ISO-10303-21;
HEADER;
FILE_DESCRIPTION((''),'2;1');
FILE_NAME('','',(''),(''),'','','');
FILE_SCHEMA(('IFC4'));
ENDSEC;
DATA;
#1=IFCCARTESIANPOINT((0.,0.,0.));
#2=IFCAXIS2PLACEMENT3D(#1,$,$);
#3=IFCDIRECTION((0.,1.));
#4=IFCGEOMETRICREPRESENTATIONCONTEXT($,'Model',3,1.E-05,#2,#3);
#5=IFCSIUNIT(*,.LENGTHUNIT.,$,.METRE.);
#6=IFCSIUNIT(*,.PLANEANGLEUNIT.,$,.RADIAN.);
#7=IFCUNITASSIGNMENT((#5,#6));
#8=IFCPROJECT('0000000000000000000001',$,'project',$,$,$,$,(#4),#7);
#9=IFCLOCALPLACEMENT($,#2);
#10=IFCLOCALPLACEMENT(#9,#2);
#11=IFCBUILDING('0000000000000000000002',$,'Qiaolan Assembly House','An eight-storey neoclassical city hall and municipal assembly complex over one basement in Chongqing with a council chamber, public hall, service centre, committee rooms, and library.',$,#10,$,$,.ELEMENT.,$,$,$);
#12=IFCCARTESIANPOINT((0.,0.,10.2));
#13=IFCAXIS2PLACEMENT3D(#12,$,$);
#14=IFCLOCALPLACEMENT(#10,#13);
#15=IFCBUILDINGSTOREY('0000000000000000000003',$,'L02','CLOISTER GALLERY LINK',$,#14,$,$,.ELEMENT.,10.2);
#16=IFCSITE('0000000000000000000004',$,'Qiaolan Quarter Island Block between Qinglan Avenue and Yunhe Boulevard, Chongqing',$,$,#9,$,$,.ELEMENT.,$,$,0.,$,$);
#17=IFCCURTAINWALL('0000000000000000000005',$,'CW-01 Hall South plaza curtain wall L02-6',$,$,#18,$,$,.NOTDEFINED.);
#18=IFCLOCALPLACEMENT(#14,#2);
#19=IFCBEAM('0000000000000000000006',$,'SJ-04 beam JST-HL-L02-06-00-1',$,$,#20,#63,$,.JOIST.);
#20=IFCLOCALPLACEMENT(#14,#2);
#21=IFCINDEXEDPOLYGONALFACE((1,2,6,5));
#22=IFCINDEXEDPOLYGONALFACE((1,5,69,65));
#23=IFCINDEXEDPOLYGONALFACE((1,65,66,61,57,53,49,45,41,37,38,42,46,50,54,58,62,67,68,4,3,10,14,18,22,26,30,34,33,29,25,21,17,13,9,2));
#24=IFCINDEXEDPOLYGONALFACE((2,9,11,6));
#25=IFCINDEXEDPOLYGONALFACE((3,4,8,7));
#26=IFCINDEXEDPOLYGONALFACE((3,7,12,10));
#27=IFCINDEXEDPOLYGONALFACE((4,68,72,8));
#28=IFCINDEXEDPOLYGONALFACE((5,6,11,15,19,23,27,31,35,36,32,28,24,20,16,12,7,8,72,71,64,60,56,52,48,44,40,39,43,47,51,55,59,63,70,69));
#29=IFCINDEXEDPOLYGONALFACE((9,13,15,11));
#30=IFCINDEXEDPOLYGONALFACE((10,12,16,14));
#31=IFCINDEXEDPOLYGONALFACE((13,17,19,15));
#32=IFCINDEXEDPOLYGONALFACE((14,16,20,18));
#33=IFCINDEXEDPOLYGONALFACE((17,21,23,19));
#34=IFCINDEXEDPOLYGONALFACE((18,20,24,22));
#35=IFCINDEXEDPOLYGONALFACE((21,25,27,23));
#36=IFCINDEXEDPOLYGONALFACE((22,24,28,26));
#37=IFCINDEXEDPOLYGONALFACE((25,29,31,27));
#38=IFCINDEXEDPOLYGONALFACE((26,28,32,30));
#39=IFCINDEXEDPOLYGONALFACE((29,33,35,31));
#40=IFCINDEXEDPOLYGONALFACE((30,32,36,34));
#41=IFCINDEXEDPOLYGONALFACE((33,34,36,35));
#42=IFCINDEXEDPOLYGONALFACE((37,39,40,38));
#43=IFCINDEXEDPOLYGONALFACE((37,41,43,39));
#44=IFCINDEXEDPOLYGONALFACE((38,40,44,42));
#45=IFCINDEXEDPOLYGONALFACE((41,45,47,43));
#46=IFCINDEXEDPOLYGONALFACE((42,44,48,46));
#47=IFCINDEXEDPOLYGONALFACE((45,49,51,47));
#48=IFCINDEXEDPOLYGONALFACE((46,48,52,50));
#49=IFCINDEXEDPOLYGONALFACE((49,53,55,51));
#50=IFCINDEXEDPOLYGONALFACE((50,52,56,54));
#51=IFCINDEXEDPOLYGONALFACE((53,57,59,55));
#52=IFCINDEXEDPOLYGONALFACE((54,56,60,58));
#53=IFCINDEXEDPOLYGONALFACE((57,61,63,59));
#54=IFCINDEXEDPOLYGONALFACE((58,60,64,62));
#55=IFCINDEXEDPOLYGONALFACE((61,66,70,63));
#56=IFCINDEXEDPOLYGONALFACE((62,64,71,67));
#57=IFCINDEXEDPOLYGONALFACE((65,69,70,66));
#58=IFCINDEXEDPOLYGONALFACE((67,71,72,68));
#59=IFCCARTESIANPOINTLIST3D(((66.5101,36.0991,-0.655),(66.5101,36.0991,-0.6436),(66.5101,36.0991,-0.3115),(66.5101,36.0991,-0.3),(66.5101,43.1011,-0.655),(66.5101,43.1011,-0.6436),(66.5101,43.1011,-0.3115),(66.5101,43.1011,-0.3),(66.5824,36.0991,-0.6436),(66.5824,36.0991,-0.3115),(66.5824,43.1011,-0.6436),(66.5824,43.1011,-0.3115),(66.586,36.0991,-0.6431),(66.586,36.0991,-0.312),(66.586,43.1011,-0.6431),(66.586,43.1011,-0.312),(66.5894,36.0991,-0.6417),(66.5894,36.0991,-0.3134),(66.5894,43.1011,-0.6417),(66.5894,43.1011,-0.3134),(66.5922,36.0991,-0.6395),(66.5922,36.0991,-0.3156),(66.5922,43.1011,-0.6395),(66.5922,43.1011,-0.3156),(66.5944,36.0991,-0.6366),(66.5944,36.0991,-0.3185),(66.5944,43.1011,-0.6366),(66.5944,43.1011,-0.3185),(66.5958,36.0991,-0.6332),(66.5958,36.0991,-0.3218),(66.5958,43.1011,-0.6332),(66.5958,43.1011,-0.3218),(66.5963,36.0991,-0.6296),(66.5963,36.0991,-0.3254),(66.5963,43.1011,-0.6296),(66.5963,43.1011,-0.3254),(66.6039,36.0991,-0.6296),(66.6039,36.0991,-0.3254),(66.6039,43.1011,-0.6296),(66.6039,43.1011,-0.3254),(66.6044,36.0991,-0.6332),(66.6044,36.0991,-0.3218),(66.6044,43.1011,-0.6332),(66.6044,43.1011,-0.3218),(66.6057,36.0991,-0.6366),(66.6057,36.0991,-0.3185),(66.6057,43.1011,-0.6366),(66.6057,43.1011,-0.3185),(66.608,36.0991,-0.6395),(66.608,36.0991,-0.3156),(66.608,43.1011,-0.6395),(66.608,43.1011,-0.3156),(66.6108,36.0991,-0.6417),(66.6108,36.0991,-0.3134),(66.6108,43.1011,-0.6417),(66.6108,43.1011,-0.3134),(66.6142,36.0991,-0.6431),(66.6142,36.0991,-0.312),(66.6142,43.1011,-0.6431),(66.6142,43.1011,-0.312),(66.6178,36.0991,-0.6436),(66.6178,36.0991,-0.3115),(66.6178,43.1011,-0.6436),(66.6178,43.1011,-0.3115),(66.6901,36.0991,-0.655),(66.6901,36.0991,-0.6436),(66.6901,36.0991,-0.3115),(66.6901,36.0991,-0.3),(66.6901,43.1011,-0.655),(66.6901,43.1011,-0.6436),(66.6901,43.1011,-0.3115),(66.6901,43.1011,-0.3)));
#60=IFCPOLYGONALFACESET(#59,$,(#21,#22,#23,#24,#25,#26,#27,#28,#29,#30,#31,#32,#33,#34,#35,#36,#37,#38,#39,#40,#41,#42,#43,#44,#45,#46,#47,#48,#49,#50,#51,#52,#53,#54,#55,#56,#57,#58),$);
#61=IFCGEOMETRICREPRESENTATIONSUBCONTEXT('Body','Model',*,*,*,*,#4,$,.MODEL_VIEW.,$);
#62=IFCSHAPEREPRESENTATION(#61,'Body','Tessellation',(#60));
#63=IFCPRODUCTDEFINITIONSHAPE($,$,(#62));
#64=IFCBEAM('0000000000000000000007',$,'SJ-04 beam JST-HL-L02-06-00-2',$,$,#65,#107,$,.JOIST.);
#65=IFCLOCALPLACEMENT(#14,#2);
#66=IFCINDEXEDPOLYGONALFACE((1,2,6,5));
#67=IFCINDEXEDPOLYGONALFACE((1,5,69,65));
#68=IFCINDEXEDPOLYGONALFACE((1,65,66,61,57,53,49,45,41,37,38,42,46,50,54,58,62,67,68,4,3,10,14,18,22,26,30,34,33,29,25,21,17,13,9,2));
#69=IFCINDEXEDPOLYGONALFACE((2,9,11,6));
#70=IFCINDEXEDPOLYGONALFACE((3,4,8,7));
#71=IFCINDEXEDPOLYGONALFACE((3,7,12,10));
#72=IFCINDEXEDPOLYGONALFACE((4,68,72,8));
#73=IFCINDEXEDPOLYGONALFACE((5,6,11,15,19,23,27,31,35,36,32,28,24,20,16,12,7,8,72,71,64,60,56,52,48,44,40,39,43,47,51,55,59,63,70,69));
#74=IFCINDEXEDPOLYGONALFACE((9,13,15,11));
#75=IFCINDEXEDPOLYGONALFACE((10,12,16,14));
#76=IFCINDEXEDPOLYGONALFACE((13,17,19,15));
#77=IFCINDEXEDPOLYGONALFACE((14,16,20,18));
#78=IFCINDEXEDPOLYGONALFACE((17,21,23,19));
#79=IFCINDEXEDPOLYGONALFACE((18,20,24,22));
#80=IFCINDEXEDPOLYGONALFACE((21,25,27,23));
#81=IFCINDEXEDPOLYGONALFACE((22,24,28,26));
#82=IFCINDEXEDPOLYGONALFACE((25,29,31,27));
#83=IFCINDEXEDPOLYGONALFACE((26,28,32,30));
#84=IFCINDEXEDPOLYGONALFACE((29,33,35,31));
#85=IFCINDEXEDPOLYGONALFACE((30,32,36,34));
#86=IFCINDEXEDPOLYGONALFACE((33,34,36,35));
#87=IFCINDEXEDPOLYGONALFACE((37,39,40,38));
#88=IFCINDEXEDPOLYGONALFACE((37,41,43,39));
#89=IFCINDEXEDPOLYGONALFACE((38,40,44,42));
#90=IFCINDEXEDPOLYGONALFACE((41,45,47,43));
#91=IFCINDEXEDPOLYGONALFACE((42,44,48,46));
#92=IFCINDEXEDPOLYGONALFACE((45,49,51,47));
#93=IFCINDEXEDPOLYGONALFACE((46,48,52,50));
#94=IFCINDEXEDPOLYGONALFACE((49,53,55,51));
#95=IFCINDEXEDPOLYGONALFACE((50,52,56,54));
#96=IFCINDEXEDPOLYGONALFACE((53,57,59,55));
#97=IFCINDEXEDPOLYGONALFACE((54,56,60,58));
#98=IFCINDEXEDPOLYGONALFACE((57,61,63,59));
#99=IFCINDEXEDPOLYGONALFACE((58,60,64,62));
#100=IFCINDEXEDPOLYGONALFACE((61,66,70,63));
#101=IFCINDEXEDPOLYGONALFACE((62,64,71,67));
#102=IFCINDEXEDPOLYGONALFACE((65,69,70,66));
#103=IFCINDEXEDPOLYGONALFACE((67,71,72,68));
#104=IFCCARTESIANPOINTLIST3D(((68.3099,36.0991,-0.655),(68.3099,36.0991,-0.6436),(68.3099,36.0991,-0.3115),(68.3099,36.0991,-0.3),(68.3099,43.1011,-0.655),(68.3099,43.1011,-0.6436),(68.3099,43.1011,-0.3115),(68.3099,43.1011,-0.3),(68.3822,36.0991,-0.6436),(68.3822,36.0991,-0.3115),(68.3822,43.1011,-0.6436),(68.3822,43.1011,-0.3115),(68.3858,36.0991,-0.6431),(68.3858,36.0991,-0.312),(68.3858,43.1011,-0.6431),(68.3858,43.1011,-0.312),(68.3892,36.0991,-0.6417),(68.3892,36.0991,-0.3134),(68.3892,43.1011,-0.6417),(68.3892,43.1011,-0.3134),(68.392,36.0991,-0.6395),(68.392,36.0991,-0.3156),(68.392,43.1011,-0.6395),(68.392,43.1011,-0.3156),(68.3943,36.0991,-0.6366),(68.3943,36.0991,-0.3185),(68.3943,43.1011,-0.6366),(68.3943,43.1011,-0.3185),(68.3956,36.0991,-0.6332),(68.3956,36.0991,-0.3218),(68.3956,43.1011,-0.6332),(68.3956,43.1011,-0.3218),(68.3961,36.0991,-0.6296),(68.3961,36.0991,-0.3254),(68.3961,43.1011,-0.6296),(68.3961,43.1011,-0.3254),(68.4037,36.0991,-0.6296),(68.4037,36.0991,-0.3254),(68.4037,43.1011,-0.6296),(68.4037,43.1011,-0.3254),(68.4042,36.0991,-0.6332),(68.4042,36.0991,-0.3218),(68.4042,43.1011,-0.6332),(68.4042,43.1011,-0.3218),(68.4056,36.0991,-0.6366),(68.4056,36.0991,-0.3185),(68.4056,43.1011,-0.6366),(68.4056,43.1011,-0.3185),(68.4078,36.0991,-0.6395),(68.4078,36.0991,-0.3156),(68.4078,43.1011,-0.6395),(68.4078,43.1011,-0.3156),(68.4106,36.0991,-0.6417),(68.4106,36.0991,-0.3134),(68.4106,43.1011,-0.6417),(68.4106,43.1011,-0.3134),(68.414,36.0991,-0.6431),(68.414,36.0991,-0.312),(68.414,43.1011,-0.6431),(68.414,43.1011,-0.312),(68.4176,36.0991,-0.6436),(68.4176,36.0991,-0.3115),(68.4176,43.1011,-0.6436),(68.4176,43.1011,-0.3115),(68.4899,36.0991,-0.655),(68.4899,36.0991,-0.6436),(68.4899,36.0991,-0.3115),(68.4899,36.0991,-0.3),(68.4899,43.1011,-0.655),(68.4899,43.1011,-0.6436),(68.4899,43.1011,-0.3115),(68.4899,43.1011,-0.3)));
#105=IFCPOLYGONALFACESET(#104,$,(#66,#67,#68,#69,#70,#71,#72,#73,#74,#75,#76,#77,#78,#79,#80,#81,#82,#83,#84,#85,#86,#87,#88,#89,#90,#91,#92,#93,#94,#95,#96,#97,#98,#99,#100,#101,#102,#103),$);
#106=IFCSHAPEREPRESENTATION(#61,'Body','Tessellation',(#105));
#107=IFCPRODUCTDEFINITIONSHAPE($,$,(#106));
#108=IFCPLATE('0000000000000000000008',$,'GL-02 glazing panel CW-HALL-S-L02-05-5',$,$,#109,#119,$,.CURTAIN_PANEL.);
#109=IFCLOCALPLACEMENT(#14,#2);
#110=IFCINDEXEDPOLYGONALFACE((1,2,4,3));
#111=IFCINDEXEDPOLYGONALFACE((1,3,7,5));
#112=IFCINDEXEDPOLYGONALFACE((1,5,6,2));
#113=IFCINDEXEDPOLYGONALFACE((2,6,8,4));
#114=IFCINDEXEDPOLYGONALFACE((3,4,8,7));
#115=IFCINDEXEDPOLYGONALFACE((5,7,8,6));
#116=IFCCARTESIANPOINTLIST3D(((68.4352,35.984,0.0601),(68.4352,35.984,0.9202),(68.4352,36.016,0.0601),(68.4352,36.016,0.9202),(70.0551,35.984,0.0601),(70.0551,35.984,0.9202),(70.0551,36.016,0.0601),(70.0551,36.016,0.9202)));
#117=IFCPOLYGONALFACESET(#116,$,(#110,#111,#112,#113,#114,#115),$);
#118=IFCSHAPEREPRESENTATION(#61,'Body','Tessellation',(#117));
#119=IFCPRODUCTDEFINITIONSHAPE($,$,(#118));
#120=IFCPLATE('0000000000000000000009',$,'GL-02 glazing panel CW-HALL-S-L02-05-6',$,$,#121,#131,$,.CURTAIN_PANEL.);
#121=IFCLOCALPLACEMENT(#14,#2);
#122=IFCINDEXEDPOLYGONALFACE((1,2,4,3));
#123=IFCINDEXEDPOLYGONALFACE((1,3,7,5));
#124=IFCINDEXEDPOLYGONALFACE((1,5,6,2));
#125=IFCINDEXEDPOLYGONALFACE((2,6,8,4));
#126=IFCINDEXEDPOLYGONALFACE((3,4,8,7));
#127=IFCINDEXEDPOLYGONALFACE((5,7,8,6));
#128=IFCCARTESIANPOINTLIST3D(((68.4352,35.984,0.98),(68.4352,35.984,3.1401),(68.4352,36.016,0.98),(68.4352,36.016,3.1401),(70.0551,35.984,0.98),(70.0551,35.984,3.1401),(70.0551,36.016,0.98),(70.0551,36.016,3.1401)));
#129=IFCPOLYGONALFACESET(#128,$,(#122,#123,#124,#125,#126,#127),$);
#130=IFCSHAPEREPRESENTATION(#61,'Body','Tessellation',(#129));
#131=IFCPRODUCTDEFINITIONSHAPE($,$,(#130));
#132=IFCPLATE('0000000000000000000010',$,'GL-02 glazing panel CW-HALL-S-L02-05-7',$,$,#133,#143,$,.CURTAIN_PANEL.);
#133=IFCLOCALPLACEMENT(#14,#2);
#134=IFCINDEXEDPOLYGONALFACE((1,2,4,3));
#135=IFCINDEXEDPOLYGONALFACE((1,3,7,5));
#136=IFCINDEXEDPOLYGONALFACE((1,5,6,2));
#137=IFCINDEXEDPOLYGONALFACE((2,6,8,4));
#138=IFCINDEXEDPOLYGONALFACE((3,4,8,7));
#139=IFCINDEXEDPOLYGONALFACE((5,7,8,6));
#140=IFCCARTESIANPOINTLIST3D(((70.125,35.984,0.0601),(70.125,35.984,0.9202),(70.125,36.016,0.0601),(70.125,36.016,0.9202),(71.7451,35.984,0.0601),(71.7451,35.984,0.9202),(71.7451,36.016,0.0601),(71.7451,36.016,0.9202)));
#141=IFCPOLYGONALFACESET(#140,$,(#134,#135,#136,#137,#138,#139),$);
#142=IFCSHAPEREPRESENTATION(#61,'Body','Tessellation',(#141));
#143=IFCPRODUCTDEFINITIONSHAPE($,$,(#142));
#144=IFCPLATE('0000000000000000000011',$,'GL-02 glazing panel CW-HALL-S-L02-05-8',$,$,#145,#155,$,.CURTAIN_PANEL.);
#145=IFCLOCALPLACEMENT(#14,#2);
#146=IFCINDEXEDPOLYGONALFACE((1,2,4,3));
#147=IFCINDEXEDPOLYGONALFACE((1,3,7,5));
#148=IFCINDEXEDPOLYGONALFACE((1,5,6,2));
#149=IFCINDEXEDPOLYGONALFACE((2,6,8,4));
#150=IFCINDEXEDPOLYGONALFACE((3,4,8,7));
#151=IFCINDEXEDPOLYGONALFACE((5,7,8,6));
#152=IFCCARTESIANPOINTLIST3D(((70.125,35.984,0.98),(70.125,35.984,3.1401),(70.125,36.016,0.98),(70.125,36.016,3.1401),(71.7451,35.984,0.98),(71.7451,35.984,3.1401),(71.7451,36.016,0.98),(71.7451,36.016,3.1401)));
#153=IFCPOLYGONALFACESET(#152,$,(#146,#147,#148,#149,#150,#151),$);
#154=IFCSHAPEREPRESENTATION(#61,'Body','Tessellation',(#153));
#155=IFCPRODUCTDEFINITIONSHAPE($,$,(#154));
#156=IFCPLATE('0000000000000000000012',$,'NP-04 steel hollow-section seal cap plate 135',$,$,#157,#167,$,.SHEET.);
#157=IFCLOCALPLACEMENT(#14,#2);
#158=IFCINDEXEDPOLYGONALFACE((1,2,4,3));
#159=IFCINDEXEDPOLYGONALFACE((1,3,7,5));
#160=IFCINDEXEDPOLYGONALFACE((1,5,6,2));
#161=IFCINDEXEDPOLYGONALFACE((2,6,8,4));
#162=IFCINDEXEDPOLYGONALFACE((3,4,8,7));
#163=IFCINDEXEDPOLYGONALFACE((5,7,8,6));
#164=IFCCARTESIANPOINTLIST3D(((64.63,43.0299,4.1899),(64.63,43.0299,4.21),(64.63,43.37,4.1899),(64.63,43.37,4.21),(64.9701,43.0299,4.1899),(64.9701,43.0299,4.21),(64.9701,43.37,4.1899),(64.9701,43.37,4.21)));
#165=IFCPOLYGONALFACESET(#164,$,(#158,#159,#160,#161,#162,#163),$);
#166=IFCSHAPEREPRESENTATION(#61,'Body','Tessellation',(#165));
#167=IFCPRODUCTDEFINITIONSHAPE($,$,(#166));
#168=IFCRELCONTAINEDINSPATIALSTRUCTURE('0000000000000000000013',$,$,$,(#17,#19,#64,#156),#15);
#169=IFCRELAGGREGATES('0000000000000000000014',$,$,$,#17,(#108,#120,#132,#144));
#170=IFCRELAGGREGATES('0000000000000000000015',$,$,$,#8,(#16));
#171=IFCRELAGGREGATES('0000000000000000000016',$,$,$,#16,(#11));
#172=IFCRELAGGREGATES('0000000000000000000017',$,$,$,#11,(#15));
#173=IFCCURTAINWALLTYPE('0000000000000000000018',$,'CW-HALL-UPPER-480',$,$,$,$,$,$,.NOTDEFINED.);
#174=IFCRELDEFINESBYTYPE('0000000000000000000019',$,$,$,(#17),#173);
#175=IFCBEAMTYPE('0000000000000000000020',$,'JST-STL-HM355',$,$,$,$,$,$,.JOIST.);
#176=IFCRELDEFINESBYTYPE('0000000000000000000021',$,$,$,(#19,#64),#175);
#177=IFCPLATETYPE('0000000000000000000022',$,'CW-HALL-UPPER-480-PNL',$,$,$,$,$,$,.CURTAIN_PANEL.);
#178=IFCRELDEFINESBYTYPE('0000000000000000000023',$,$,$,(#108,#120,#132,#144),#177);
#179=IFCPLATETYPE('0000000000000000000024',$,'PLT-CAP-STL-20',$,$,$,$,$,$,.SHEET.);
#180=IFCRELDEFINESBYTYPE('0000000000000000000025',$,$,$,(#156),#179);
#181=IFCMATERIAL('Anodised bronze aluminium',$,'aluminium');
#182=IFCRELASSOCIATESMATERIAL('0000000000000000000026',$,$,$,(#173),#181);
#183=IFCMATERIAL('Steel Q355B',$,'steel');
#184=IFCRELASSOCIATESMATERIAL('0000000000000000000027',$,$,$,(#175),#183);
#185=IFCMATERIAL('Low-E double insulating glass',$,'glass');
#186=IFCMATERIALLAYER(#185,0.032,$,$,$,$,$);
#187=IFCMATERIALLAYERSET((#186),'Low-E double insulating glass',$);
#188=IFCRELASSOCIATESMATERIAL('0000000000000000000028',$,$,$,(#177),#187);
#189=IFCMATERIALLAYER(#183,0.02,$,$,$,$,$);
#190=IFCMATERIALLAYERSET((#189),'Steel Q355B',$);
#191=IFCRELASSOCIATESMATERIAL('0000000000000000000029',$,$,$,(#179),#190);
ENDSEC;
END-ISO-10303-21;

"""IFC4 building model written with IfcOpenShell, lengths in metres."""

from ifc_helpers import new_model, si_unit, direction, frame, frame_2d, origin, origin_2d, place, context, subcontext, project, spatial, rectangle, i_section, extrude, material, layer, layer_set, material_profile, profile_set, type_object, element, aggregate, save


model = new_model("IFC4")

# Units and contexts
model_context = context("Model", 3, precision=1e-05, world=origin(), true_north=direction((0.0, 1.0)))
body_context = subcontext(model_context, "Body", "Model", "MODEL_VIEW")
ifc_project = project(units=[si_unit("LENGTHUNIT", "METRE"), si_unit("PLANEANGLEUNIT", "RADIAN")], contexts=[model_context])

# Site, building, storey
site_placement = place(None, origin())
site = spatial("IfcSite", under=ifc_project, at=site_placement, Name="Qiaolan Quarter Island Block between Qinglan Avenue and Yunhe Boulevard, Chongqing", CompositionType="ELEMENT", RefElevation=0.0)
building_placement = place(site_placement, origin())
building = spatial("IfcBuilding", under=site, at=building_placement, Name="Qiaolan Assembly House", Description="An eight-storey neoclassical city hall and municipal assembly complex over one basement in Chongqing with a council chamber, public hall, service centre, committee rooms, and library.", CompositionType="ELEMENT")
storey_placement = place(building_placement, frame((0.0, 0.0, 10.2)))
storey = spatial("IfcBuildingStorey", under=building, at=storey_placement, Name="L02", Description="CLOISTER GALLERY LINK", CompositionType="ELEMENT", Elevation=10.2)

# Shared definitions
ifc_material_1 = material(Name="Steel Q355B", Category="steel")

# Curtain wall
ifc_material_2 = material(Name="Anodised bronze aluminium", Category="aluminium")
curtain_wall_type = type_object("IfcCurtainWallType", Name="CW-HALL-UPPER-480", PredefinedType="NOTDEFINED", material=ifc_material_2)
curtain_wall_placement = place(storey_placement, origin())
curtain_wall = element("IfcCurtainWall", 1, at=curtain_wall_placement, inside=storey, type_object=curtain_wall_type, Name="CW-01 Hall South plaza curtain wall L02-6", PredefinedType="NOTDEFINED")

# Beams
ifc_material_profile_1 = material_profile(ifc_material_1, i_section(OverallWidth=0.1799, OverallDepth=0.355, WebThickness=0.0076, FlangeThickness=0.0115, FilletRadius=0.0139, at=origin_2d()), Name="HM 355x180x7.5x11.5")
ifc_profile_set_1 = profile_set([ifc_material_profile_1], Name="Steel Q355B")
beam_type_1 = type_object("IfcBeamType", Name="JST-STL-HM355", PredefinedType="JOIST", material=ifc_profile_set_1)
for number, where, z_axis, x_axis, name in (
    (2, (66.6001, 36.0991, -0.4775), (0.0, 1.0, 0.0), (-1.0, 0.0, 0.0), "SJ-04 beam JST-HL-L02-06-00-1"),
    (3, (68.3999, 36.0991, -0.4775), (0.0, 1.0, 0.0), (-1.0, 0.0, 0.0), "SJ-04 beam JST-HL-L02-06-00-2"),
):
    element("IfcBeam", number, at=place(storey_placement, frame(where, z_axis=z_axis, x_axis=x_axis)), inside=storey, type_object=beam_type_1, Name=name, PredefinedType="JOIST", context=body_context, shape_type="SweptSolid", body=[
        extrude(i_section(OverallWidth=0.1799, OverallDepth=0.355, WebThickness=0.0076, FlangeThickness=0.0115, FilletRadius=0.0139, at=origin_2d()), origin(), (0.0, 0.0, 1.0), 7.002),
    ])

# Plates
ifc_material_3 = material(Name="Low-E double insulating glass", Category="glass")
ifc_layer_1 = layer(ifc_material_3, 0.032)
ifc_layer_set_1 = layer_set([ifc_layer_1], Name="Low-E double insulating glass")
plate_type_1 = type_object("IfcPlateType", Name="CW-HALL-UPPER-480-PNL", PredefinedType="CURTAIN_PANEL", material=ifc_layer_set_1)
plate_1_placement = place(storey_placement, frame((68.4351, 36.0, 0.0601), z_axis=(0.0, 0.0, 1.0), x_axis=(1.0, 0.0, 0.0)))
plate_1 = element("IfcPlate", 4, at=plate_1_placement, type_object=plate_type_1, Name="GL-02 glazing panel CW-HALL-S-L02-05-5", PredefinedType="CURTAIN_PANEL", context=body_context, shape_type="SweptSolid", body=[
    extrude(rectangle(XDim=1.6199, YDim=0.032, at=frame_2d((0.8101, 0.0))), origin(), (0.0, 0.0, 1.0), 0.8601),
])
plate_2_placement = place(storey_placement, frame((68.4351, 36.0, 0.98), z_axis=(0.0, 0.0, 1.0), x_axis=(1.0, 0.0, 0.0)))
plate_2 = element("IfcPlate", 5, at=plate_2_placement, type_object=plate_type_1, Name="GL-02 glazing panel CW-HALL-S-L02-05-6", PredefinedType="CURTAIN_PANEL", context=body_context, shape_type="SweptSolid", body=[
    extrude(rectangle(XDim=1.6199, YDim=0.032, at=frame_2d((0.8101, 0.0))), origin(), (0.0, 0.0, 1.0), 2.1602),
])
plate_3_placement = place(storey_placement, frame((70.125, 36.0, 0.0601), z_axis=(0.0, 0.0, 1.0), x_axis=(1.0, 0.0, 0.0)))
plate_3 = element("IfcPlate", 6, at=plate_3_placement, type_object=plate_type_1, Name="GL-02 glazing panel CW-HALL-S-L02-05-7", PredefinedType="CURTAIN_PANEL", context=body_context, shape_type="SweptSolid", body=[
    extrude(rectangle(XDim=1.6201, YDim=0.032, at=frame_2d((0.8101, 0.0))), origin(), (0.0, 0.0, 1.0), 0.8601),
])
plate_4_placement = place(storey_placement, frame((70.125, 36.0, 0.98), z_axis=(0.0, 0.0, 1.0), x_axis=(1.0, 0.0, 0.0)))
plate_4 = element("IfcPlate", 7, at=plate_4_placement, type_object=plate_type_1, Name="GL-02 glazing panel CW-HALL-S-L02-05-8", PredefinedType="CURTAIN_PANEL", context=body_context, shape_type="SweptSolid", body=[
    extrude(rectangle(XDim=1.6201, YDim=0.032, at=frame_2d((0.8101, 0.0))), origin(), (0.0, 0.0, 1.0), 2.1602),
])
aggregate(curtain_wall, [plate_1, plate_2, plate_3, plate_4])
ifc_layer_2 = layer(ifc_material_1, 0.02)
ifc_layer_set_2 = layer_set([ifc_layer_2], Name="Steel Q355B")
plate_type_2 = type_object("IfcPlateType", Name="PLT-CAP-STL-20", PredefinedType="SHEET", material=ifc_layer_set_2)
plate_5_placement = place(storey_placement, frame((64.8, 43.2, 4.1899), z_axis=(0.0, 0.0, 1.0), x_axis=(1.0, 0.0, 0.0)))
element("IfcPlate", 8, at=plate_5_placement, inside=storey, type_object=plate_type_2, Name="NP-04 steel hollow-section seal cap plate 135", PredefinedType="SHEET", context=body_context, shape_type="SweptSolid", body=[
    extrude(rectangle(XDim=0.3401, YDim=0.3401, at=origin_2d()), origin(), (0.0, 0.0, 1.0), 0.02),
])

save(model, "model.ifc")
